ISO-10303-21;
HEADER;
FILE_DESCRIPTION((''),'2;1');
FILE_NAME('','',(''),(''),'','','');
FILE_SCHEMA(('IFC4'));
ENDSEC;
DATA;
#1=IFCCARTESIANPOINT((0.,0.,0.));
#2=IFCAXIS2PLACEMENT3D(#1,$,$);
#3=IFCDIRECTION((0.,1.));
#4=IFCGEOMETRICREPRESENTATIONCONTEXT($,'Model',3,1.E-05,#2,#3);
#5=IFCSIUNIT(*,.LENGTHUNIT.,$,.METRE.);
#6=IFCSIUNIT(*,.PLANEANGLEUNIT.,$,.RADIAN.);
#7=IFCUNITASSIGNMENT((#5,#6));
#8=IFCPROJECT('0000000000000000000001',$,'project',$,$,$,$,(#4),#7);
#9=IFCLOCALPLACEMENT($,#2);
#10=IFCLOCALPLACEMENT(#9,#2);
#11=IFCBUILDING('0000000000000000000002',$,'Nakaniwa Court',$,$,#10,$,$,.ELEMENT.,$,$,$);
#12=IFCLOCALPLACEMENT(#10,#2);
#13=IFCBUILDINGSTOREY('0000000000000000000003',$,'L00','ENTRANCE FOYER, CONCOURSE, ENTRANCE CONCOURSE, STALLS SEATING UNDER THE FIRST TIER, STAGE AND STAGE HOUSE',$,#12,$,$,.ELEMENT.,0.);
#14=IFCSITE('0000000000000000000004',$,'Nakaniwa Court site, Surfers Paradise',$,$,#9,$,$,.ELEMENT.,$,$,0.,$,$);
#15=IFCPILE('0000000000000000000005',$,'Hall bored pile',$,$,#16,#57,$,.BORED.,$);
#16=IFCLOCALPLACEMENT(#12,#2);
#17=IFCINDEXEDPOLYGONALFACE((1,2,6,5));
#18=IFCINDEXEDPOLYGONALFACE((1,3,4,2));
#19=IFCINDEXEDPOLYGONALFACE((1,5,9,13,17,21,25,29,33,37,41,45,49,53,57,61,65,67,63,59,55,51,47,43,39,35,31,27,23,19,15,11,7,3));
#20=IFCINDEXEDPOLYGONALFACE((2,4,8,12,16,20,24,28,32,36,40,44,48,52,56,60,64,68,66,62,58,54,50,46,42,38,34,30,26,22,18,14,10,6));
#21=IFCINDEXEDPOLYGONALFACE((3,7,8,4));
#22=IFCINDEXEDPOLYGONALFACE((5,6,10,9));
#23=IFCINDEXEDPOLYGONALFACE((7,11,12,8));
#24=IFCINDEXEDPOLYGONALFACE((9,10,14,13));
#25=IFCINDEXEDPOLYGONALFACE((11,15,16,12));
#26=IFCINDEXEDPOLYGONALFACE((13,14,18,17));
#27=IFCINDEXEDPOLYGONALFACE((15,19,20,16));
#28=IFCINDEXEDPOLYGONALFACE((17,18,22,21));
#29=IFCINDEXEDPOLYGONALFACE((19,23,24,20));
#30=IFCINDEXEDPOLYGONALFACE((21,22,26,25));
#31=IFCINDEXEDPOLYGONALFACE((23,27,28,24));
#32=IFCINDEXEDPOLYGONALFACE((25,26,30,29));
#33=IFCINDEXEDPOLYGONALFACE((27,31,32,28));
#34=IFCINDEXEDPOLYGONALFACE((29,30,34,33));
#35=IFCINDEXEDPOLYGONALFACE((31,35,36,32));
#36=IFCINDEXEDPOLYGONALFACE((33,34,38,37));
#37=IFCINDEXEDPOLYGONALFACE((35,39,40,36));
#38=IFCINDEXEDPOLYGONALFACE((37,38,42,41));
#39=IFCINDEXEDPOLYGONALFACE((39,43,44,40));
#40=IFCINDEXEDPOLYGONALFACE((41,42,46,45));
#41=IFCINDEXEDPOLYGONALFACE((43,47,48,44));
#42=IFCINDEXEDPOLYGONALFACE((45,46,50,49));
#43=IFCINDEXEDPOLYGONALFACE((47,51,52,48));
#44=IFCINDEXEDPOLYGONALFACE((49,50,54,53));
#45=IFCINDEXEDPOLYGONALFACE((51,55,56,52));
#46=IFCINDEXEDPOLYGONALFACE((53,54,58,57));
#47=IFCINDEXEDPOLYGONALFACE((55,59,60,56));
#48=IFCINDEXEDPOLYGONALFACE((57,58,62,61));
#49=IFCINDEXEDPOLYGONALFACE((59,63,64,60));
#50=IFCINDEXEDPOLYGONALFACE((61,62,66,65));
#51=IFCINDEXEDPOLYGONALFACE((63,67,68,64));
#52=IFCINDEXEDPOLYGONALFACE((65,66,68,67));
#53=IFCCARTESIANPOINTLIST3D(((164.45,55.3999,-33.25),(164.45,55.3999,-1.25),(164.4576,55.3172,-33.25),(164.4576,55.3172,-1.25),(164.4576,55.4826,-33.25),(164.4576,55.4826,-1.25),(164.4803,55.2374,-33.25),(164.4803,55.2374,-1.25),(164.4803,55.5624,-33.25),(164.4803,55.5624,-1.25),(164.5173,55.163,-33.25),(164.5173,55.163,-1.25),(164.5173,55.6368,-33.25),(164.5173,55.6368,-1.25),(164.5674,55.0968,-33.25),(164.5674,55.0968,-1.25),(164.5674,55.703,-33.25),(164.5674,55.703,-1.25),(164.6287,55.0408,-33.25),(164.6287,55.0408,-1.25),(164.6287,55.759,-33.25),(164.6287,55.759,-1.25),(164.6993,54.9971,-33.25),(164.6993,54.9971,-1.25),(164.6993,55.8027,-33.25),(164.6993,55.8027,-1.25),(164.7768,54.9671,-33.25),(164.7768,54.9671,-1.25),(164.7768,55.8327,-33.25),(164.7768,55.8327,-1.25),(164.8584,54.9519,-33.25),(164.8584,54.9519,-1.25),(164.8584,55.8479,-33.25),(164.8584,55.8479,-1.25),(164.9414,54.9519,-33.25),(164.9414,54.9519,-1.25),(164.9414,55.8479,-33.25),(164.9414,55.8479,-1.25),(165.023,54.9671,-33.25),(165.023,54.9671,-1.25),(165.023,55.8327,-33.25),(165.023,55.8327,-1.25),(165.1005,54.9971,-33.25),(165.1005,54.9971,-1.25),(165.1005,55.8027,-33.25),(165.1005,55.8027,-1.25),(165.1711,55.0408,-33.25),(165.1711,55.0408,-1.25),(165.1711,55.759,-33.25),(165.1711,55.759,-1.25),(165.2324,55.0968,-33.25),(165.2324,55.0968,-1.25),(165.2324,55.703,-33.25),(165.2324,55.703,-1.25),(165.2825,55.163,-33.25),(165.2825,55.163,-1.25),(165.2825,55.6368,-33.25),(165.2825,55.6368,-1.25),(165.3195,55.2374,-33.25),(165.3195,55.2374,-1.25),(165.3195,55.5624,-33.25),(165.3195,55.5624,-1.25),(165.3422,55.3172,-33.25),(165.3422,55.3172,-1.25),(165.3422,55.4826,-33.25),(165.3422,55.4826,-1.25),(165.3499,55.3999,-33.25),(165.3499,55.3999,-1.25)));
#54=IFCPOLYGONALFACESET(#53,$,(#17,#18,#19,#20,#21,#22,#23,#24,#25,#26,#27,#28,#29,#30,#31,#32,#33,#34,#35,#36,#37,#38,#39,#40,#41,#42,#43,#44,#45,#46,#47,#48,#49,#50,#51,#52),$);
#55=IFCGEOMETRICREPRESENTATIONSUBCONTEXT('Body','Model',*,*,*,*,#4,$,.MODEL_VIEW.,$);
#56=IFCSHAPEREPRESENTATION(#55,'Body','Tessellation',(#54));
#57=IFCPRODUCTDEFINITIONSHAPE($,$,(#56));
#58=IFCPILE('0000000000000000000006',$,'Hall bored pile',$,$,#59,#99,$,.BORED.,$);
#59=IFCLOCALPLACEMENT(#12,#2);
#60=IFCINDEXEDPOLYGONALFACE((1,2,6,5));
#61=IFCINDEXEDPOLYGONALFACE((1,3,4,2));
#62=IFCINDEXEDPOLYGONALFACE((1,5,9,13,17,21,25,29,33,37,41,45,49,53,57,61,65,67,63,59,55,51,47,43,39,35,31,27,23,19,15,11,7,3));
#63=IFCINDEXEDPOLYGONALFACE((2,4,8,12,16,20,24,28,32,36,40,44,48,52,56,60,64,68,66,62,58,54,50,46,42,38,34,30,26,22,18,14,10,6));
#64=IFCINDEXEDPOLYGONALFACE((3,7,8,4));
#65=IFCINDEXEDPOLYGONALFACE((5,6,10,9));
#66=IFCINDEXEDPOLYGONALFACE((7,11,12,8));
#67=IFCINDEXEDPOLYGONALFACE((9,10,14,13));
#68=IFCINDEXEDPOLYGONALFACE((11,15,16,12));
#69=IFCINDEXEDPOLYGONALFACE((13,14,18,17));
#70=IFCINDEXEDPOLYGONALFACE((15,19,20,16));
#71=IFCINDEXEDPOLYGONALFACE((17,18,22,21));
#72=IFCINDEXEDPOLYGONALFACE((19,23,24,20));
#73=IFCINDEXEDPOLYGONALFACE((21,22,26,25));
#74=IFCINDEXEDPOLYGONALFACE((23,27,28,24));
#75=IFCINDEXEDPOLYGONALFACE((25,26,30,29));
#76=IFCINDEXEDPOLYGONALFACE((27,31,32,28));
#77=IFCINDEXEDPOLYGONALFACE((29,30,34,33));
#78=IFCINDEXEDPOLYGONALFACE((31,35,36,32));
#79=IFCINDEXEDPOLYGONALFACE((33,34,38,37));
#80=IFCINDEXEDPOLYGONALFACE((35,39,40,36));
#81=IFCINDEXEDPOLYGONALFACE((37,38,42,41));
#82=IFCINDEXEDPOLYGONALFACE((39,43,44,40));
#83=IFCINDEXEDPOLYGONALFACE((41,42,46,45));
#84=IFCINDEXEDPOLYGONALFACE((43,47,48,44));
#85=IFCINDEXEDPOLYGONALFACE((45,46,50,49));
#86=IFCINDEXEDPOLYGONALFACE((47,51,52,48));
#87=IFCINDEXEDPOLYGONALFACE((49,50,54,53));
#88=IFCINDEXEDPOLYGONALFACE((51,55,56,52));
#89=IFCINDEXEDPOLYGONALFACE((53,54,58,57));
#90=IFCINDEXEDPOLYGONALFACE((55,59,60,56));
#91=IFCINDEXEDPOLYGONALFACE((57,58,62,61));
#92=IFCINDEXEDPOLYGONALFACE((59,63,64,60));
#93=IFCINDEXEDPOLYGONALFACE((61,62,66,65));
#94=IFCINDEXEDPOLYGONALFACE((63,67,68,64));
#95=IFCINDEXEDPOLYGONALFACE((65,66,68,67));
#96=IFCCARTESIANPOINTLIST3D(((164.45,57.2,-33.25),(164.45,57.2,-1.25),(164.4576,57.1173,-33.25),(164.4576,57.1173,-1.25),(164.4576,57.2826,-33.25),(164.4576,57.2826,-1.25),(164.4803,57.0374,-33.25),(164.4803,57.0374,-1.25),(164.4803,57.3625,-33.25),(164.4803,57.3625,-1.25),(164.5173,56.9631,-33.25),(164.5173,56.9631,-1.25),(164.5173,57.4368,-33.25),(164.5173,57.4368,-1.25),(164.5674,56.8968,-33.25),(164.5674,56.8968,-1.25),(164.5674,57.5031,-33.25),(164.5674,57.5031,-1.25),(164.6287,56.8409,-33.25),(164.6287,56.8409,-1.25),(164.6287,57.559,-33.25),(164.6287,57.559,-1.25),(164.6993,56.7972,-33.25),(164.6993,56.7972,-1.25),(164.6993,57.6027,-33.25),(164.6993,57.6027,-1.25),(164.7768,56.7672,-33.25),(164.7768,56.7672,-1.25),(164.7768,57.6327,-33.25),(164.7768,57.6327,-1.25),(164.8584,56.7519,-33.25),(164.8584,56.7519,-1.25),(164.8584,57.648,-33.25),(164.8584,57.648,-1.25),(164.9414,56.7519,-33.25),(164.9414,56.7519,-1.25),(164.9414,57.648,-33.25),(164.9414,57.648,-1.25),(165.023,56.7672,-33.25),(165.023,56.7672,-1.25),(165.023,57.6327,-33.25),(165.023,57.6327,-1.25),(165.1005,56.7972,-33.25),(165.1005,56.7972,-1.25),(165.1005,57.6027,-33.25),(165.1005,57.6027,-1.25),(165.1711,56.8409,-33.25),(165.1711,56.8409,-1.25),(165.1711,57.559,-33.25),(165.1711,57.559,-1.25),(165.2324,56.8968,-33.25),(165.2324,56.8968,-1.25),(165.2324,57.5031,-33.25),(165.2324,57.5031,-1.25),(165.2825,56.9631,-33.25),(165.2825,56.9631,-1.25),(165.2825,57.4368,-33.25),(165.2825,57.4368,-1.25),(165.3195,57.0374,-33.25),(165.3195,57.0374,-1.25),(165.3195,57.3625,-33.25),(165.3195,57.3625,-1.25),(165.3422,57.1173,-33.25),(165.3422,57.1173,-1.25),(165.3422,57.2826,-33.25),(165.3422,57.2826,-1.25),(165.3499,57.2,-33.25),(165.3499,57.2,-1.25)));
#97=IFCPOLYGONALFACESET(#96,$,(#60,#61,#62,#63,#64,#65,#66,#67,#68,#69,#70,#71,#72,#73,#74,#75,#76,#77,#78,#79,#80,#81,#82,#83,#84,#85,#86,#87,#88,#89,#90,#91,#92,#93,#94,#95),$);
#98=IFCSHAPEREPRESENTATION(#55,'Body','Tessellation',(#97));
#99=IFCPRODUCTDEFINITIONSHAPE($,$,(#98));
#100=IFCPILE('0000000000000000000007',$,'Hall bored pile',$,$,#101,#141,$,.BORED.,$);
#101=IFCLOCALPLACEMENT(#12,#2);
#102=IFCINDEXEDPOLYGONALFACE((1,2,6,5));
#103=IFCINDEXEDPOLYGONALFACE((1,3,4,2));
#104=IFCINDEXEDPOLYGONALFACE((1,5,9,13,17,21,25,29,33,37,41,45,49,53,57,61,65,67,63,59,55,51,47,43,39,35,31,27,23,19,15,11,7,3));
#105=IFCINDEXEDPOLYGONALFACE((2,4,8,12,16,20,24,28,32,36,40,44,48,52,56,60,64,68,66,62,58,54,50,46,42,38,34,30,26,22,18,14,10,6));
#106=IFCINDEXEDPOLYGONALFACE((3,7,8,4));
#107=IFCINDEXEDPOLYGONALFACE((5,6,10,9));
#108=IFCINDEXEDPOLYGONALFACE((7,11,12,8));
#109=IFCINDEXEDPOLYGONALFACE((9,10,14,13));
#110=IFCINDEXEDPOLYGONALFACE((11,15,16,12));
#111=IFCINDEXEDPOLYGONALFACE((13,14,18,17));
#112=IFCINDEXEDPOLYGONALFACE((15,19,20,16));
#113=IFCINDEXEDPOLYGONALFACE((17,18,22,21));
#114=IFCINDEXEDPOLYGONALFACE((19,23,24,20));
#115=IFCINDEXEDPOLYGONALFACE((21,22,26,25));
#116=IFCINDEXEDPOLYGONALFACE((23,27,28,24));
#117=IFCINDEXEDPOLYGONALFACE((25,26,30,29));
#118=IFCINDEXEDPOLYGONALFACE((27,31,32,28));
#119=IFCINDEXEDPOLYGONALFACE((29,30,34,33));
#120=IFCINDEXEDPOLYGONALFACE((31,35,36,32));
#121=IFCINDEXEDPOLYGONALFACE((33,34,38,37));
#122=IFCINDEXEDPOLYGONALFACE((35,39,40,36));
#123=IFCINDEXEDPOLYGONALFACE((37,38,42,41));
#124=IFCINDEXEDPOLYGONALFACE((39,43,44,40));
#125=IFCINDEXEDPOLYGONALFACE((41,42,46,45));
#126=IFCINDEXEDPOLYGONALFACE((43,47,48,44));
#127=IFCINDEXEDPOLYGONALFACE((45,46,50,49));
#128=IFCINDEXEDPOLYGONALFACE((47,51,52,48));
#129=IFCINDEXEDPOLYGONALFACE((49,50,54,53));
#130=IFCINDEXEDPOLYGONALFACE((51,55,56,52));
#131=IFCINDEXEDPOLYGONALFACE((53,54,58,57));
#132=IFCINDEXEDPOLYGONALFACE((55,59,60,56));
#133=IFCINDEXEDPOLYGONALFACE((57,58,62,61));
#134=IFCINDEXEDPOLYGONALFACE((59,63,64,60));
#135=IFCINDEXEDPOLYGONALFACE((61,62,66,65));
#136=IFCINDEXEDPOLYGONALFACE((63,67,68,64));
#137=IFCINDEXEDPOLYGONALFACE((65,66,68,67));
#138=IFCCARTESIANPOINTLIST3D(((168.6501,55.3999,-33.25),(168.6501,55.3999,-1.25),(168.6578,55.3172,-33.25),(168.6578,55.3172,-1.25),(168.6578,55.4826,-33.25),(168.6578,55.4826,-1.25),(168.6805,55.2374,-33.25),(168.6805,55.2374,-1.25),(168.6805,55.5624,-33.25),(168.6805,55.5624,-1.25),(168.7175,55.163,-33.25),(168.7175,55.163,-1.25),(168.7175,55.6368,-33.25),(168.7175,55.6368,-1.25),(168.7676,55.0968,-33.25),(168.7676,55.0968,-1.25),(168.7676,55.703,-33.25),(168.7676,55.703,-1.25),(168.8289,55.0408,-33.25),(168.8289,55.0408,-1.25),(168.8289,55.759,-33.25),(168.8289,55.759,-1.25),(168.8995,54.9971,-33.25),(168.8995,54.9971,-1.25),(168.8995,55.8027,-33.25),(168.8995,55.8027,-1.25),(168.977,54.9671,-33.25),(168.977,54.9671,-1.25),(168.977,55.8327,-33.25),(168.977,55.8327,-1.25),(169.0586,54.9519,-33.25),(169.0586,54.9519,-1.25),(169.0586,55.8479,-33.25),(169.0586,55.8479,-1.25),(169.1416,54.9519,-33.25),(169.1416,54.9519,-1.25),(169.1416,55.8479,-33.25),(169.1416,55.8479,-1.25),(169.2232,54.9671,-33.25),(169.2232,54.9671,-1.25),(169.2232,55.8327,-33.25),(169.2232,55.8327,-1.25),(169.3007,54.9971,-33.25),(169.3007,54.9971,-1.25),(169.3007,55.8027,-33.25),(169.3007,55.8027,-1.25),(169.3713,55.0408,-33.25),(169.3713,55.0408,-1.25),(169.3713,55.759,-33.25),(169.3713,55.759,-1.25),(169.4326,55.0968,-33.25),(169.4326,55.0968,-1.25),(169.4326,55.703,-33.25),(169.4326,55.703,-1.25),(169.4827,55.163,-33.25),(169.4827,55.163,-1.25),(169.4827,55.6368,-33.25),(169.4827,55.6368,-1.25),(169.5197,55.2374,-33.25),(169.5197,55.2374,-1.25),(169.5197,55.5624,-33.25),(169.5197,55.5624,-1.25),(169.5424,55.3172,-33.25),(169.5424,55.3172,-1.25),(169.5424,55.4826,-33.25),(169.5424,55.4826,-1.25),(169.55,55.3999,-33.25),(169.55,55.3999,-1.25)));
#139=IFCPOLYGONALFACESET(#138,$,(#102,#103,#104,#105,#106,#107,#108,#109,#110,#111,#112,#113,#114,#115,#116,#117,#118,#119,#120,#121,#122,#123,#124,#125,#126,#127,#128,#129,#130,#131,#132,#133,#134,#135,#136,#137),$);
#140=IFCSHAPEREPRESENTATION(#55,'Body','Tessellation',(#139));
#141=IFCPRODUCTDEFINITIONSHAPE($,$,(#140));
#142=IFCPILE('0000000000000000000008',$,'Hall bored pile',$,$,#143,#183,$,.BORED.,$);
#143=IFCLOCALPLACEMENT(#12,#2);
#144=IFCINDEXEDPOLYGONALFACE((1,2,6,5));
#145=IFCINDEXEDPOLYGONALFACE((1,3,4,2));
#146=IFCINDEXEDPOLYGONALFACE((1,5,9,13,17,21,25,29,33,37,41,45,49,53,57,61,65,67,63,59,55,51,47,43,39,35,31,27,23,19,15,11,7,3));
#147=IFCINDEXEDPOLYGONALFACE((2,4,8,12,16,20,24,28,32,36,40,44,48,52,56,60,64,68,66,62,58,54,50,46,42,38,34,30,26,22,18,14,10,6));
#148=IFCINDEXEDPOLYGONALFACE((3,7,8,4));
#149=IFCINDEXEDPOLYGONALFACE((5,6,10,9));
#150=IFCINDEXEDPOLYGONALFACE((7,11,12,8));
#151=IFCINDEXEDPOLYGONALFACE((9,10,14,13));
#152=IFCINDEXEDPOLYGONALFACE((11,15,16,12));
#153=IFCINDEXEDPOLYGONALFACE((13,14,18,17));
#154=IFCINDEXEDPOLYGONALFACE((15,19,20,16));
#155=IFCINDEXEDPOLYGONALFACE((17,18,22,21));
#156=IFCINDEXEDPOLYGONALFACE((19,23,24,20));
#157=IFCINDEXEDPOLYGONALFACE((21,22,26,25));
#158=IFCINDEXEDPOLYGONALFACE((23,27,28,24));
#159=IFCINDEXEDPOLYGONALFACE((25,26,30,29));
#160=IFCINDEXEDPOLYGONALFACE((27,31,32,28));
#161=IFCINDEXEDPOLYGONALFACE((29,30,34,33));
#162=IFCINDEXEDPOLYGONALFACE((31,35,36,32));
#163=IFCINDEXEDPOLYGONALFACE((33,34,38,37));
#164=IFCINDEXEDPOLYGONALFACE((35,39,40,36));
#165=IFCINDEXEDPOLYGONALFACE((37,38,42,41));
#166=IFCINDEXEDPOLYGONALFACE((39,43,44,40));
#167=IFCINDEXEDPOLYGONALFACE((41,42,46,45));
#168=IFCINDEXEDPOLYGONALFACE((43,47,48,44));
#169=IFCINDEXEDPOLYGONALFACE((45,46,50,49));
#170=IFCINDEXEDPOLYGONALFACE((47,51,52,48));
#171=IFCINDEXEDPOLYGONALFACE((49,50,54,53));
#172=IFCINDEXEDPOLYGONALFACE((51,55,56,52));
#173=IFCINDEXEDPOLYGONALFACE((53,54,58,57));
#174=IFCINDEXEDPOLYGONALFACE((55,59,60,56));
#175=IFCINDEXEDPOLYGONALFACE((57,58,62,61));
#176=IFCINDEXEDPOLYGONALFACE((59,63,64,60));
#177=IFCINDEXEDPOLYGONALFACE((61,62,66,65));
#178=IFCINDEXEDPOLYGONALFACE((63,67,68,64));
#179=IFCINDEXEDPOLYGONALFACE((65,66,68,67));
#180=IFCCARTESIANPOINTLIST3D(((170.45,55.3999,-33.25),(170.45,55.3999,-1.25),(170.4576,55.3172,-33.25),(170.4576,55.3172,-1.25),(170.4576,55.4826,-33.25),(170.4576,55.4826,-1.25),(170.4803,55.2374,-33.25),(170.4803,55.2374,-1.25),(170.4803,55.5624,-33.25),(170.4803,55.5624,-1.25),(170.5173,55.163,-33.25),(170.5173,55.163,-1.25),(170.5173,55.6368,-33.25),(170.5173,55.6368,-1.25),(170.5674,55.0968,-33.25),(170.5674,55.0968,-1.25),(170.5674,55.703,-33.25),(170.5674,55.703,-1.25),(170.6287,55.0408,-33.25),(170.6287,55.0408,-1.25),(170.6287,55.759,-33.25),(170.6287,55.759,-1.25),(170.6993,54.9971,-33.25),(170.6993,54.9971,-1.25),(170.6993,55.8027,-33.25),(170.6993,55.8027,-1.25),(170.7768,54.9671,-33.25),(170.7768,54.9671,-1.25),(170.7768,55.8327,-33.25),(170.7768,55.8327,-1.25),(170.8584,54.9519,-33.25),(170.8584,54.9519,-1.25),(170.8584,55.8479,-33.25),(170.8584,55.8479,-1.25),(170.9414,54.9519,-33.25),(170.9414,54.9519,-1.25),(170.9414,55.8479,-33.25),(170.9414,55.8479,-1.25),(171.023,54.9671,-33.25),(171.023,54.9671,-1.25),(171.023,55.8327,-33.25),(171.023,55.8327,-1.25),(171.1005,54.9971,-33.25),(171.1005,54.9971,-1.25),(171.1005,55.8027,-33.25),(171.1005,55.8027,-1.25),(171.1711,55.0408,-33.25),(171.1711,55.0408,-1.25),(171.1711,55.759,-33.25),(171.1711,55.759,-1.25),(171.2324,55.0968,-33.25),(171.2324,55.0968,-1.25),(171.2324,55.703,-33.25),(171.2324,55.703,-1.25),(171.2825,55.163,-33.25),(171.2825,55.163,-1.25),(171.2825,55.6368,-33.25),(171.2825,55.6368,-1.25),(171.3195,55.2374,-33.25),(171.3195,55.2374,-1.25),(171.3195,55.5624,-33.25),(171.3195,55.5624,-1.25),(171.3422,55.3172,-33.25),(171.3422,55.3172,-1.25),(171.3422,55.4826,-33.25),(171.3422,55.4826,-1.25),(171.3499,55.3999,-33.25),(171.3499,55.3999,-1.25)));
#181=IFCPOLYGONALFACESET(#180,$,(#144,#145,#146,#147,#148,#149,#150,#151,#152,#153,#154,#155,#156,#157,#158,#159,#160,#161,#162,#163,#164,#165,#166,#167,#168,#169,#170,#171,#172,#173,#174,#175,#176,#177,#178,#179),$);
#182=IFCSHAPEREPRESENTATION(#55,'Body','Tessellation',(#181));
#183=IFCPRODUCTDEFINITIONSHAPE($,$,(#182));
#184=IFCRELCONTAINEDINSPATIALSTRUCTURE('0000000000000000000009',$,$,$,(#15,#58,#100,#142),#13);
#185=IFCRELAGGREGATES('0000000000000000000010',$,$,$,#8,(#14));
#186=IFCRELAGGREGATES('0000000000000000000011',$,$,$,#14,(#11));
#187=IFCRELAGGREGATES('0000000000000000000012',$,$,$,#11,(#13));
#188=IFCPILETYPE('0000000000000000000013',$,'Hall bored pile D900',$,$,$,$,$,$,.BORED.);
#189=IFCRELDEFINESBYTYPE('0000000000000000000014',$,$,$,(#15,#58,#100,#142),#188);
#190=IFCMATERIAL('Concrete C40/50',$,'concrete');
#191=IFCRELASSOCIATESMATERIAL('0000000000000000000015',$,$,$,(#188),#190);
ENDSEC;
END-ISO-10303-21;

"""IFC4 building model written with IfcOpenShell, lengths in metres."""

from ifc_helpers import new_model, si_unit, direction, frame, origin, origin_2d, place, context, subcontext, project, spatial, circle, extrude, material, material_profile, profile_set, type_object, element, save


model = new_model("IFC4")

# Units and contexts
model_context = context("Model", 3, precision=1e-05, world=origin(), true_north=direction((0.0, 1.0)))
body_context = subcontext(model_context, "Body", "Model", "MODEL_VIEW")
ifc_project = project(units=[si_unit("LENGTHUNIT", "METRE"), si_unit("PLANEANGLEUNIT", "RADIAN")], contexts=[model_context])

# Site, building, storey
site_placement = place(None, origin())
site = spatial("IfcSite", under=ifc_project, at=site_placement, Name="Nakaniwa Court site, Surfers Paradise", CompositionType="ELEMENT", RefElevation=0.0)
building_placement = place(site_placement, origin())
building = spatial("IfcBuilding", under=site, at=building_placement, Name="Nakaniwa Court", CompositionType="ELEMENT")
storey_placement = place(building_placement, origin())
storey = spatial("IfcBuildingStorey", under=building, at=storey_placement, Name="L00", Description="ENTRANCE FOYER, CONCOURSE, ENTRANCE CONCOURSE, STALLS SEATING UNDER THE FIRST TIER, STAGE AND STAGE HOUSE", CompositionType="ELEMENT", Elevation=0.0)

# Piles
ifc_material_1 = material(Name="Concrete C40/50", Category="concrete")
ifc_material_profile_1 = material_profile(ifc_material_1, circle(Radius=0.45, at=origin_2d()), Name="Bored pile D900")
ifc_profile_set_1 = profile_set([ifc_material_profile_1], Name="Concrete C40/50")
pile_type = type_object("IfcPileType", Name="Hall bored pile D900", PredefinedType="BORED", material=ifc_profile_set_1)
for number, where, z_axis, x_axis, name in (
    (1, (164.8999, 55.3999, -1.25), (0.0, 0.0, -1.0), (1.0, 0.0, 0.0), "Hall bored pile"),
    (2, (164.8999, 57.2, -1.25), (0.0, 0.0, -1.0), (1.0, 0.0, 0.0), "Hall bored pile"),
    (3, (169.1001, 55.3999, -1.25), (0.0, 0.0, -1.0), (1.0, 0.0, 0.0), "Hall bored pile"),
    (4, (170.8999, 55.3999, -1.25), (0.0, 0.0, -1.0), (1.0, 0.0, 0.0), "Hall bored pile"),
):
    element("IfcPile", number, at=place(storey_placement, frame(where, z_axis=z_axis, x_axis=x_axis)), inside=storey, type_object=pile_type, Name=name, PredefinedType="BORED", context=body_context, shape_type="SweptSolid", body=[
        extrude(circle(Radius=0.45, at=origin_2d()), origin(), (0.0, 0.0, 1.0), 32.0),
    ])

save(model, "model.ifc")
